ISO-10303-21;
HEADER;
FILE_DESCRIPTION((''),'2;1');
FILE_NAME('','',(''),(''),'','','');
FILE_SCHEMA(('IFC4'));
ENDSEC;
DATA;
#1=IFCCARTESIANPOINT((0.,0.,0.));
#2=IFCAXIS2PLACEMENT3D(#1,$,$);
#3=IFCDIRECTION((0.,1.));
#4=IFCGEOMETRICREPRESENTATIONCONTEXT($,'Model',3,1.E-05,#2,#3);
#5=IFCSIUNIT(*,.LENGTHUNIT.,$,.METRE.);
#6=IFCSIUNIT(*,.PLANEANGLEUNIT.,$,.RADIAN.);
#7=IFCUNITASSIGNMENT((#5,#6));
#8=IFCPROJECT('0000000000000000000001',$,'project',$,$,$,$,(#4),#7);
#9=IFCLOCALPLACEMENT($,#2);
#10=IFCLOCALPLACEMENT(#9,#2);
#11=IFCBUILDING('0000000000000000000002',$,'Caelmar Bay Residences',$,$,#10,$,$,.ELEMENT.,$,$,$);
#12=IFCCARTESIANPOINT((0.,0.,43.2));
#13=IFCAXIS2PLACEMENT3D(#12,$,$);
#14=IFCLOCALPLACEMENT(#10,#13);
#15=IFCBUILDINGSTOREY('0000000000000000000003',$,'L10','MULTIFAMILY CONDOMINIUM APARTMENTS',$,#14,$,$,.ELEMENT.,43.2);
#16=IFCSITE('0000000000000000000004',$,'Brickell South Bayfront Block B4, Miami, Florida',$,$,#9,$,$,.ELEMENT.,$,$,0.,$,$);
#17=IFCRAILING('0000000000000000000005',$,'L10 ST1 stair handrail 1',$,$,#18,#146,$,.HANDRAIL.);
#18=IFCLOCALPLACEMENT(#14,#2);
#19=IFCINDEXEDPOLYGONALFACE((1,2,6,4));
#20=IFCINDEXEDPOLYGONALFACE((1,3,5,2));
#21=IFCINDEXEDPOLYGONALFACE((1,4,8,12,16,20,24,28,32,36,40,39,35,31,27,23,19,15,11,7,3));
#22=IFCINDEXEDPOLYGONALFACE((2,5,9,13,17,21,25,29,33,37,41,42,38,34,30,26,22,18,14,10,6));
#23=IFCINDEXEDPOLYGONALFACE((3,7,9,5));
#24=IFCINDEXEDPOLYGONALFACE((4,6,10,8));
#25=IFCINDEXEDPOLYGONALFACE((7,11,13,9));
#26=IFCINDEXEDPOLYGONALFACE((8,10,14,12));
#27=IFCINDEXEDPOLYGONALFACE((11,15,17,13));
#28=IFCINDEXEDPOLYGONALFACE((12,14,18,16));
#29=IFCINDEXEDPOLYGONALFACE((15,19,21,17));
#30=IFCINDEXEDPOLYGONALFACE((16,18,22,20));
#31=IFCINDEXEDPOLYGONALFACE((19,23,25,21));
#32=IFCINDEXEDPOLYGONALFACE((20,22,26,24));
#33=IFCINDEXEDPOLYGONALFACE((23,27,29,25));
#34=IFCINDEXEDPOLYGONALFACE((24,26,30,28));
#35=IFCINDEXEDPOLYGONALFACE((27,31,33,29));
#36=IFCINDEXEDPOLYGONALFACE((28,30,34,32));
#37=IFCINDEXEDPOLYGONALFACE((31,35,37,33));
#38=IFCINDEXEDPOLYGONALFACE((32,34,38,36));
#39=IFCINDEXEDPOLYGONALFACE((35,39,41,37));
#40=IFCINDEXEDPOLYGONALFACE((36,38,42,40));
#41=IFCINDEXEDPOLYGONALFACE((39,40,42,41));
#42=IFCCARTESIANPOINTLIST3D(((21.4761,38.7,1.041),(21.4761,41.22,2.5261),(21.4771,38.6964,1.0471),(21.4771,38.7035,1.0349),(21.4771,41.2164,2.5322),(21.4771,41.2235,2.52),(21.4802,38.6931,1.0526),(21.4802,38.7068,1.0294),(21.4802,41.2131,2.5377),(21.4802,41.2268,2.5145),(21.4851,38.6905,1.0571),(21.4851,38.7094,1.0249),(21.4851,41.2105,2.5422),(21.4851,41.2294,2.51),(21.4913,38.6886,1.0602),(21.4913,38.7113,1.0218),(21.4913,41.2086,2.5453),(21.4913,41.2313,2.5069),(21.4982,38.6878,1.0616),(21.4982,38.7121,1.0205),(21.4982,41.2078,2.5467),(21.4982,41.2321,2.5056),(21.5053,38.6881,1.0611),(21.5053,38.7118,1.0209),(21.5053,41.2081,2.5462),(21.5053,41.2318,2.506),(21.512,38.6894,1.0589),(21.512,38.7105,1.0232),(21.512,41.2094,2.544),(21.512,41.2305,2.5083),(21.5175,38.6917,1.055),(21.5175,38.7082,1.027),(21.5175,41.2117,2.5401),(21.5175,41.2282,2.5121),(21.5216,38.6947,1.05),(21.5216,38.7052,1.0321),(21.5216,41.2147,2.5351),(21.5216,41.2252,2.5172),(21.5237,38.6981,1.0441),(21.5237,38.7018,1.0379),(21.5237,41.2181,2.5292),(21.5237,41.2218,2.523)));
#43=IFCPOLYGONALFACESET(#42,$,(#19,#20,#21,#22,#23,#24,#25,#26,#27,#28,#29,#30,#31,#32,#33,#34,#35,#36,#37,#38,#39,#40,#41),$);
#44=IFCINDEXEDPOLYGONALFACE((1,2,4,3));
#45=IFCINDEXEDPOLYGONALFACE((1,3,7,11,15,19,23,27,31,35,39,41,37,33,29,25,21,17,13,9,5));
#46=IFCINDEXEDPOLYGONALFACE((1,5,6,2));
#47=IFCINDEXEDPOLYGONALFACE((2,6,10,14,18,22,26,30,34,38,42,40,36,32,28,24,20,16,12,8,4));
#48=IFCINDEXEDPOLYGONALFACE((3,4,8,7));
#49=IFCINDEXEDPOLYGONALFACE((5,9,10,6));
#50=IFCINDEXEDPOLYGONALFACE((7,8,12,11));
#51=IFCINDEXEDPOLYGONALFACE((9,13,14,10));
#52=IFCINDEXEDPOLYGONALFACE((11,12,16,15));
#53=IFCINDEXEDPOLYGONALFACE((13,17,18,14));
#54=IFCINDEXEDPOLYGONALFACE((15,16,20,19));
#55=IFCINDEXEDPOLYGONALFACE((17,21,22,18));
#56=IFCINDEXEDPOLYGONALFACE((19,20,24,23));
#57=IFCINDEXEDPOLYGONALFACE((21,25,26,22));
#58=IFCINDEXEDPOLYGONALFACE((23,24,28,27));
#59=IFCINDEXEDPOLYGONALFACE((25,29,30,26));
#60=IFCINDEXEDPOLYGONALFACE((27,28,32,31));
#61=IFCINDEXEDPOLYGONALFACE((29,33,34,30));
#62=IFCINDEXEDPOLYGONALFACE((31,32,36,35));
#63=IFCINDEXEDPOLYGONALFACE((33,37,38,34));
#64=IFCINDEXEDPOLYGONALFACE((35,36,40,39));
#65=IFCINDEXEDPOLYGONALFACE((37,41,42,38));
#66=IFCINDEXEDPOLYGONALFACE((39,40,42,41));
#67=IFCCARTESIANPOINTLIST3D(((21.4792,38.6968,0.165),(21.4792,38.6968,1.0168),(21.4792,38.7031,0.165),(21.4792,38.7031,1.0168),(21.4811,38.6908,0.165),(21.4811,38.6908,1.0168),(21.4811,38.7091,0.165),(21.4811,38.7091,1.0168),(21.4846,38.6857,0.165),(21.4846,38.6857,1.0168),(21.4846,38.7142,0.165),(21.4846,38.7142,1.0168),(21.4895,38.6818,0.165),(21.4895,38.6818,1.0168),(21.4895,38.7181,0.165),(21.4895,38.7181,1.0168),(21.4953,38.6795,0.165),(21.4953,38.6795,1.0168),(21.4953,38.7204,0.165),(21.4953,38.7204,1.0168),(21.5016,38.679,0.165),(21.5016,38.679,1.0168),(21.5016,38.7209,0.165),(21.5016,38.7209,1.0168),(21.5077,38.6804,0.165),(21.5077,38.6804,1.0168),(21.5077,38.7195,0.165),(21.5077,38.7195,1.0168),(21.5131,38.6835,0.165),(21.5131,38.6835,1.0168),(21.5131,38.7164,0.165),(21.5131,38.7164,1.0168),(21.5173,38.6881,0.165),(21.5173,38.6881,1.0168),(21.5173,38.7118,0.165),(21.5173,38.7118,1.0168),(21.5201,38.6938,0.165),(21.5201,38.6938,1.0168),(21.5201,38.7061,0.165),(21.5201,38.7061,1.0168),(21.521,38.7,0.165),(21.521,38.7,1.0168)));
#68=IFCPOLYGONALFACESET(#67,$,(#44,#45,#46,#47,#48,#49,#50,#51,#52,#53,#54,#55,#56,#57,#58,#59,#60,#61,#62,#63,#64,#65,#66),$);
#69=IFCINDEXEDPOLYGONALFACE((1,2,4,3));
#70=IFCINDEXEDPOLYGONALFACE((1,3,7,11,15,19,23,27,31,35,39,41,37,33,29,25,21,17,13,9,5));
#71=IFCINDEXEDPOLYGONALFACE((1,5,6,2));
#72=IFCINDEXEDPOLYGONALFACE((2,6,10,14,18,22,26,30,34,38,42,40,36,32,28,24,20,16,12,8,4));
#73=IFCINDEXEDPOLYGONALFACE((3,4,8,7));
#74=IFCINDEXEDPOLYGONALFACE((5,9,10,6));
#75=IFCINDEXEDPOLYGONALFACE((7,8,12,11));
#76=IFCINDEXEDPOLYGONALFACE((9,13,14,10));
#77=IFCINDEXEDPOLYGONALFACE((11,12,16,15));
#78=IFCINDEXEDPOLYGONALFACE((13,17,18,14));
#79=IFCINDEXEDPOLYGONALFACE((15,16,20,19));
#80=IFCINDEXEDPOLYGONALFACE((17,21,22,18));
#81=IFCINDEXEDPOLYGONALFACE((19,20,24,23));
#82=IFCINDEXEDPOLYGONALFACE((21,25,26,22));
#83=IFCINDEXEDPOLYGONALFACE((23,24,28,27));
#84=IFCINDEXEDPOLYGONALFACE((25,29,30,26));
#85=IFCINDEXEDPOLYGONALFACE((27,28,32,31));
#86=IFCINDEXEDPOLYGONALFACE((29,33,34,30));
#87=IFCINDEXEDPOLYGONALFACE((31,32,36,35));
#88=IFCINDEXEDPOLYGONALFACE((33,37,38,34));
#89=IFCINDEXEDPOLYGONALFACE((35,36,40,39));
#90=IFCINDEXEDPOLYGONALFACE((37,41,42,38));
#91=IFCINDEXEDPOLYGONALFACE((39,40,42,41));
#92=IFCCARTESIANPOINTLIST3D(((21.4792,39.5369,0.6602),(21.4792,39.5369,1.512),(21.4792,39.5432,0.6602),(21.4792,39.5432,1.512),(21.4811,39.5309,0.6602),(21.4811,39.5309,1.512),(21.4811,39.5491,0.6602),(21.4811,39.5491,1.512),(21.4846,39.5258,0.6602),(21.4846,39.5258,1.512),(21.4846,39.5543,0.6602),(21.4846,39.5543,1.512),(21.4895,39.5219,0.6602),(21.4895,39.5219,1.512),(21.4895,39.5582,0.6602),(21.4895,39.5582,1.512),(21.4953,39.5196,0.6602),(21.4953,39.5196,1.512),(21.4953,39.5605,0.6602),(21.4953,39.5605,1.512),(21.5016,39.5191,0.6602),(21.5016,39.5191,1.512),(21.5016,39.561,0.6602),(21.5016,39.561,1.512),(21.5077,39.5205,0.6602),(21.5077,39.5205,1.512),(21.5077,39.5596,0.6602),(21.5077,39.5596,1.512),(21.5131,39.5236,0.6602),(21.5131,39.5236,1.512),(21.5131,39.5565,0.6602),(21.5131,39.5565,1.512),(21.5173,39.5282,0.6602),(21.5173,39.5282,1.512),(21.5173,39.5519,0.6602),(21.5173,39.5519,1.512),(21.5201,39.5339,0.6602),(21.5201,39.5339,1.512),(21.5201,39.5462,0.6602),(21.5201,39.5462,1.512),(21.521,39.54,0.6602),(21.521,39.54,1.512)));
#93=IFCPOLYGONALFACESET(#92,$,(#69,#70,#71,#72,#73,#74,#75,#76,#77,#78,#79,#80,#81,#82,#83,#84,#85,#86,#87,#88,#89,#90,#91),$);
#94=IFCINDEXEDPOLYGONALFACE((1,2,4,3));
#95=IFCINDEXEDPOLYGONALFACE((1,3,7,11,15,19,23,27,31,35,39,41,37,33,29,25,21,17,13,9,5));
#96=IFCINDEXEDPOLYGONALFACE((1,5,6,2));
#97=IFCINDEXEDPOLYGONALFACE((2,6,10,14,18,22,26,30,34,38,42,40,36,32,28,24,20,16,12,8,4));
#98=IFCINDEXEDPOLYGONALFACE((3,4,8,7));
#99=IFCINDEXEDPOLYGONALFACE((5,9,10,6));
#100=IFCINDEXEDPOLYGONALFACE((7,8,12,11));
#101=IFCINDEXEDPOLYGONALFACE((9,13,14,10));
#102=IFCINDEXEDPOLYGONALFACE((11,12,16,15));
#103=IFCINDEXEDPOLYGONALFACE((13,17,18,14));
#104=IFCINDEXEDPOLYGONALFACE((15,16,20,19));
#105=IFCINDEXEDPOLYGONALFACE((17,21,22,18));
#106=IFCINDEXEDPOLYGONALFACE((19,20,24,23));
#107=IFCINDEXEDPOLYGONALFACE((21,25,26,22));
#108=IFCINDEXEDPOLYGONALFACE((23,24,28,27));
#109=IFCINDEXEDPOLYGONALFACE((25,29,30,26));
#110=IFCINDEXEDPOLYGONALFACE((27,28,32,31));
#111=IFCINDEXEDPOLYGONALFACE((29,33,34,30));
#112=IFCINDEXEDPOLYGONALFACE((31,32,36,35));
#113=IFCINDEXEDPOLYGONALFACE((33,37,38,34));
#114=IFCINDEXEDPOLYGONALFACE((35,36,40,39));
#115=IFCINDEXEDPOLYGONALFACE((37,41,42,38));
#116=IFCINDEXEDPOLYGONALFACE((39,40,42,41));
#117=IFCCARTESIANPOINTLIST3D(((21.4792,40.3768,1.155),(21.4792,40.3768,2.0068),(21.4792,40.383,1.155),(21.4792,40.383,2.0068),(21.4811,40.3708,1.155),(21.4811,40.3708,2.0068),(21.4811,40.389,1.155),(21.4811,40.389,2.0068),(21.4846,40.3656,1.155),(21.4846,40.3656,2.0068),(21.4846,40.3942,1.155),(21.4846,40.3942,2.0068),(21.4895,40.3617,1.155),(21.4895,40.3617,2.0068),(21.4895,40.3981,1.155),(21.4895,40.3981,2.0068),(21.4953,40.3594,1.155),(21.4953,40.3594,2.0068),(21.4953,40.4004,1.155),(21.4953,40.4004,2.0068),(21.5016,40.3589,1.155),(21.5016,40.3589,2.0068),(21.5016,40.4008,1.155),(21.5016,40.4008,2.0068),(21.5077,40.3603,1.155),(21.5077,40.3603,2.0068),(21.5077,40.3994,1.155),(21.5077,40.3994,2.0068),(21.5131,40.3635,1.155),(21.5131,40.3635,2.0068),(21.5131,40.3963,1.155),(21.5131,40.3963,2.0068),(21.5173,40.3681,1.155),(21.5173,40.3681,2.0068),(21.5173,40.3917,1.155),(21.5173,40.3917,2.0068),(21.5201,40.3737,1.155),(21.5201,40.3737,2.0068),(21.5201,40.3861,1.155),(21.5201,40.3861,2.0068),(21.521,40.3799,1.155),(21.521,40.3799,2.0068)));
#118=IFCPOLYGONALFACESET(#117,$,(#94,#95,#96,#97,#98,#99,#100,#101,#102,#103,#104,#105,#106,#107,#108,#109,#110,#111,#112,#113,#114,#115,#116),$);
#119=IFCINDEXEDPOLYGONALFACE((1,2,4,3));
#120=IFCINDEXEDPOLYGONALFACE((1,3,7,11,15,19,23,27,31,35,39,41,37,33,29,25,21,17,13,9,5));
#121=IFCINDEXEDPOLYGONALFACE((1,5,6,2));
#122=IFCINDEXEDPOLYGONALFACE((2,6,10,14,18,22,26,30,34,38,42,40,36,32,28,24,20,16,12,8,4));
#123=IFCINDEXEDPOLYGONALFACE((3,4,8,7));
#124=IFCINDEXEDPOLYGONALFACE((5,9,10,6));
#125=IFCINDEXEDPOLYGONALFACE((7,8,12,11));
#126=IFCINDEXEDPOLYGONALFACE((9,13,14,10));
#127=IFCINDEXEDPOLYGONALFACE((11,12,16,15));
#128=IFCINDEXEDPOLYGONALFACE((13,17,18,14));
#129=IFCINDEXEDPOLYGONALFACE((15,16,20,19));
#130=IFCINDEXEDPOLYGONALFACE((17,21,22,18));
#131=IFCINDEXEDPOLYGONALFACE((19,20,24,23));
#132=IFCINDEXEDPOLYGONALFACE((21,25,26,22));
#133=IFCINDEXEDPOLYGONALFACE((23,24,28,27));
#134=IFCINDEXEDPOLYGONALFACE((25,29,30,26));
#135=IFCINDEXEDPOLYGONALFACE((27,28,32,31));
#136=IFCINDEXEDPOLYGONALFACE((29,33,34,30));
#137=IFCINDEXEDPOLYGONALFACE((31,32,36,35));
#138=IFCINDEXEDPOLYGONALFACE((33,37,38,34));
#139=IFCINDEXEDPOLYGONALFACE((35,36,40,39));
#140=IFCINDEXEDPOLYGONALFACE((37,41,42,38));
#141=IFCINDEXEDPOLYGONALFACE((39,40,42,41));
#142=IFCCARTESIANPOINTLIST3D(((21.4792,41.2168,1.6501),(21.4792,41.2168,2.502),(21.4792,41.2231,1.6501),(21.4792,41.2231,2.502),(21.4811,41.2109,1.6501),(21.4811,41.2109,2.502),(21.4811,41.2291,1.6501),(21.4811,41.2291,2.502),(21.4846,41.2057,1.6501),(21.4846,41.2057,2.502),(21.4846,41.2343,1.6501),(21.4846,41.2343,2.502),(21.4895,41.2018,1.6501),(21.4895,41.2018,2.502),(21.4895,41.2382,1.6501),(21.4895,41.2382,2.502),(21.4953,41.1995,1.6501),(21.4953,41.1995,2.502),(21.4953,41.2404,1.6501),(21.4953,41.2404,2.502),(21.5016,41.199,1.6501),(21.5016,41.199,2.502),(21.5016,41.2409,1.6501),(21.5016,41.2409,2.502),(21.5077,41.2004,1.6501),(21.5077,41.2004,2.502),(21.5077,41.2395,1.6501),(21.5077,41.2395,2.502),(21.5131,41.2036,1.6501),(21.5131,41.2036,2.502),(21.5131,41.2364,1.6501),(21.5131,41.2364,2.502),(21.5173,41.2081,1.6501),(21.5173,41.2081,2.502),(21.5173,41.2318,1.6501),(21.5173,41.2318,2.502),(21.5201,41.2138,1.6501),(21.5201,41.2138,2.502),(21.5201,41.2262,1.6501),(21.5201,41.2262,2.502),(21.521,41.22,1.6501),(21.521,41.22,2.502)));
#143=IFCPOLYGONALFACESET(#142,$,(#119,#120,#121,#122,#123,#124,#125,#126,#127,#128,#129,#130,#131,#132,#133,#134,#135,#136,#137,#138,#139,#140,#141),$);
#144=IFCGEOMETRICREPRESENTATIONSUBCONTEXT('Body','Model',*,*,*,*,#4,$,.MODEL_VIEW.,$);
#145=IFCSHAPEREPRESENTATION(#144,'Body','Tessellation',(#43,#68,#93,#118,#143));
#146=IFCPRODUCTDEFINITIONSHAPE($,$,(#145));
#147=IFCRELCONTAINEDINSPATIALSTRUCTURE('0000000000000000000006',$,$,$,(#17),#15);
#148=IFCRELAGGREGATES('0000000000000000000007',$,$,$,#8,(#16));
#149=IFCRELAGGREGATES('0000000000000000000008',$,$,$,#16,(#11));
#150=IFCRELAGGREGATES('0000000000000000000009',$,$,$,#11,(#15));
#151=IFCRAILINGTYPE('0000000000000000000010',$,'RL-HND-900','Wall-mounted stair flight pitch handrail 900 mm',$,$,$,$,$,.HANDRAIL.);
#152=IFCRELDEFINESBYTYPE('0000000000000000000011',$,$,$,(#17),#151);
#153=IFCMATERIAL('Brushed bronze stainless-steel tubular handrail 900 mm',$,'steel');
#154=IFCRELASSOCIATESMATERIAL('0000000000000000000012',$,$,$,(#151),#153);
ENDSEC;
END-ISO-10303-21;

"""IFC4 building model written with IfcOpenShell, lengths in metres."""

from ifc_helpers import new_model, si_unit, direction, frame, origin, origin_2d, place, context, subcontext, project, spatial, circle, extrude, material, type_object, element, save


model = new_model("IFC4")

# Units and contexts
model_context = context("Model", 3, precision=1e-05, world=origin(), true_north=direction((0.0, 1.0)))
body_context = subcontext(model_context, "Body", "Model", "MODEL_VIEW")
ifc_project = project(units=[si_unit("LENGTHUNIT", "METRE"), si_unit("PLANEANGLEUNIT", "RADIAN")], contexts=[model_context])

# Site, building, storey
site_placement = place(None, origin())
site = spatial("IfcSite", under=ifc_project, at=site_placement, Name="Brickell South Bayfront Block B4, Miami, Florida", CompositionType="ELEMENT", RefElevation=0.0)
building_placement = place(site_placement, origin())
building = spatial("IfcBuilding", under=site, at=building_placement, Name="Caelmar Bay Residences", CompositionType="ELEMENT")
storey_placement = place(building_placement, frame((0.0, 0.0, 43.2)))
storey = spatial("IfcBuildingStorey", under=building, at=storey_placement, Name="L10", Description="MULTIFAMILY CONDOMINIUM APARTMENTS", CompositionType="ELEMENT", Elevation=43.2)

# Railing
ifc_material_1 = material(Name="Brushed bronze stainless-steel tubular handrail 900 mm", Category="steel")
railing_type_1 = type_object("IfcRailingType", Name="RL-HND-900", Description="Wall-mounted stair flight pitch handrail 900 mm", PredefinedType="HANDRAIL", material=ifc_material_1)
railing_1_placement = place(storey_placement, frame((21.5, 38.7, 0.165)))
element("IfcRailing", 1, at=railing_1_placement, inside=storey, type_object=railing_type_1, Name="L10 ST1 stair handrail 1", PredefinedType="HANDRAIL", context=body_context, shape_type="SweptSolid", body=[
    extrude(circle(Radius=0.0239, at=origin_2d()), frame((0.0, 0.0, 0.876), z_axis=(0.0, 0.861524, 0.507717), x_axis=(-1.0, 0.0, 0.0)), (0.0, 0.0, 1.0), 2.925),
    extrude(circle(Radius=0.021, at=origin_2d()), origin(), (0.0, 0.0, 1.0), 0.8518),
    extrude(circle(Radius=0.021, at=origin_2d()), frame((0.0, 0.8401, 0.4951)), (0.0, 0.0, 1.0), 0.8518),
    extrude(circle(Radius=0.021, at=origin_2d()), frame((0.0, 1.6799, 0.99)), (0.0, 0.0, 1.0), 0.8518),
    extrude(circle(Radius=0.021, at=origin_2d()), frame((0.0, 2.52, 1.4851)), (0.0, 0.0, 1.0), 0.8518),
])

save(model, "model.ifc")
